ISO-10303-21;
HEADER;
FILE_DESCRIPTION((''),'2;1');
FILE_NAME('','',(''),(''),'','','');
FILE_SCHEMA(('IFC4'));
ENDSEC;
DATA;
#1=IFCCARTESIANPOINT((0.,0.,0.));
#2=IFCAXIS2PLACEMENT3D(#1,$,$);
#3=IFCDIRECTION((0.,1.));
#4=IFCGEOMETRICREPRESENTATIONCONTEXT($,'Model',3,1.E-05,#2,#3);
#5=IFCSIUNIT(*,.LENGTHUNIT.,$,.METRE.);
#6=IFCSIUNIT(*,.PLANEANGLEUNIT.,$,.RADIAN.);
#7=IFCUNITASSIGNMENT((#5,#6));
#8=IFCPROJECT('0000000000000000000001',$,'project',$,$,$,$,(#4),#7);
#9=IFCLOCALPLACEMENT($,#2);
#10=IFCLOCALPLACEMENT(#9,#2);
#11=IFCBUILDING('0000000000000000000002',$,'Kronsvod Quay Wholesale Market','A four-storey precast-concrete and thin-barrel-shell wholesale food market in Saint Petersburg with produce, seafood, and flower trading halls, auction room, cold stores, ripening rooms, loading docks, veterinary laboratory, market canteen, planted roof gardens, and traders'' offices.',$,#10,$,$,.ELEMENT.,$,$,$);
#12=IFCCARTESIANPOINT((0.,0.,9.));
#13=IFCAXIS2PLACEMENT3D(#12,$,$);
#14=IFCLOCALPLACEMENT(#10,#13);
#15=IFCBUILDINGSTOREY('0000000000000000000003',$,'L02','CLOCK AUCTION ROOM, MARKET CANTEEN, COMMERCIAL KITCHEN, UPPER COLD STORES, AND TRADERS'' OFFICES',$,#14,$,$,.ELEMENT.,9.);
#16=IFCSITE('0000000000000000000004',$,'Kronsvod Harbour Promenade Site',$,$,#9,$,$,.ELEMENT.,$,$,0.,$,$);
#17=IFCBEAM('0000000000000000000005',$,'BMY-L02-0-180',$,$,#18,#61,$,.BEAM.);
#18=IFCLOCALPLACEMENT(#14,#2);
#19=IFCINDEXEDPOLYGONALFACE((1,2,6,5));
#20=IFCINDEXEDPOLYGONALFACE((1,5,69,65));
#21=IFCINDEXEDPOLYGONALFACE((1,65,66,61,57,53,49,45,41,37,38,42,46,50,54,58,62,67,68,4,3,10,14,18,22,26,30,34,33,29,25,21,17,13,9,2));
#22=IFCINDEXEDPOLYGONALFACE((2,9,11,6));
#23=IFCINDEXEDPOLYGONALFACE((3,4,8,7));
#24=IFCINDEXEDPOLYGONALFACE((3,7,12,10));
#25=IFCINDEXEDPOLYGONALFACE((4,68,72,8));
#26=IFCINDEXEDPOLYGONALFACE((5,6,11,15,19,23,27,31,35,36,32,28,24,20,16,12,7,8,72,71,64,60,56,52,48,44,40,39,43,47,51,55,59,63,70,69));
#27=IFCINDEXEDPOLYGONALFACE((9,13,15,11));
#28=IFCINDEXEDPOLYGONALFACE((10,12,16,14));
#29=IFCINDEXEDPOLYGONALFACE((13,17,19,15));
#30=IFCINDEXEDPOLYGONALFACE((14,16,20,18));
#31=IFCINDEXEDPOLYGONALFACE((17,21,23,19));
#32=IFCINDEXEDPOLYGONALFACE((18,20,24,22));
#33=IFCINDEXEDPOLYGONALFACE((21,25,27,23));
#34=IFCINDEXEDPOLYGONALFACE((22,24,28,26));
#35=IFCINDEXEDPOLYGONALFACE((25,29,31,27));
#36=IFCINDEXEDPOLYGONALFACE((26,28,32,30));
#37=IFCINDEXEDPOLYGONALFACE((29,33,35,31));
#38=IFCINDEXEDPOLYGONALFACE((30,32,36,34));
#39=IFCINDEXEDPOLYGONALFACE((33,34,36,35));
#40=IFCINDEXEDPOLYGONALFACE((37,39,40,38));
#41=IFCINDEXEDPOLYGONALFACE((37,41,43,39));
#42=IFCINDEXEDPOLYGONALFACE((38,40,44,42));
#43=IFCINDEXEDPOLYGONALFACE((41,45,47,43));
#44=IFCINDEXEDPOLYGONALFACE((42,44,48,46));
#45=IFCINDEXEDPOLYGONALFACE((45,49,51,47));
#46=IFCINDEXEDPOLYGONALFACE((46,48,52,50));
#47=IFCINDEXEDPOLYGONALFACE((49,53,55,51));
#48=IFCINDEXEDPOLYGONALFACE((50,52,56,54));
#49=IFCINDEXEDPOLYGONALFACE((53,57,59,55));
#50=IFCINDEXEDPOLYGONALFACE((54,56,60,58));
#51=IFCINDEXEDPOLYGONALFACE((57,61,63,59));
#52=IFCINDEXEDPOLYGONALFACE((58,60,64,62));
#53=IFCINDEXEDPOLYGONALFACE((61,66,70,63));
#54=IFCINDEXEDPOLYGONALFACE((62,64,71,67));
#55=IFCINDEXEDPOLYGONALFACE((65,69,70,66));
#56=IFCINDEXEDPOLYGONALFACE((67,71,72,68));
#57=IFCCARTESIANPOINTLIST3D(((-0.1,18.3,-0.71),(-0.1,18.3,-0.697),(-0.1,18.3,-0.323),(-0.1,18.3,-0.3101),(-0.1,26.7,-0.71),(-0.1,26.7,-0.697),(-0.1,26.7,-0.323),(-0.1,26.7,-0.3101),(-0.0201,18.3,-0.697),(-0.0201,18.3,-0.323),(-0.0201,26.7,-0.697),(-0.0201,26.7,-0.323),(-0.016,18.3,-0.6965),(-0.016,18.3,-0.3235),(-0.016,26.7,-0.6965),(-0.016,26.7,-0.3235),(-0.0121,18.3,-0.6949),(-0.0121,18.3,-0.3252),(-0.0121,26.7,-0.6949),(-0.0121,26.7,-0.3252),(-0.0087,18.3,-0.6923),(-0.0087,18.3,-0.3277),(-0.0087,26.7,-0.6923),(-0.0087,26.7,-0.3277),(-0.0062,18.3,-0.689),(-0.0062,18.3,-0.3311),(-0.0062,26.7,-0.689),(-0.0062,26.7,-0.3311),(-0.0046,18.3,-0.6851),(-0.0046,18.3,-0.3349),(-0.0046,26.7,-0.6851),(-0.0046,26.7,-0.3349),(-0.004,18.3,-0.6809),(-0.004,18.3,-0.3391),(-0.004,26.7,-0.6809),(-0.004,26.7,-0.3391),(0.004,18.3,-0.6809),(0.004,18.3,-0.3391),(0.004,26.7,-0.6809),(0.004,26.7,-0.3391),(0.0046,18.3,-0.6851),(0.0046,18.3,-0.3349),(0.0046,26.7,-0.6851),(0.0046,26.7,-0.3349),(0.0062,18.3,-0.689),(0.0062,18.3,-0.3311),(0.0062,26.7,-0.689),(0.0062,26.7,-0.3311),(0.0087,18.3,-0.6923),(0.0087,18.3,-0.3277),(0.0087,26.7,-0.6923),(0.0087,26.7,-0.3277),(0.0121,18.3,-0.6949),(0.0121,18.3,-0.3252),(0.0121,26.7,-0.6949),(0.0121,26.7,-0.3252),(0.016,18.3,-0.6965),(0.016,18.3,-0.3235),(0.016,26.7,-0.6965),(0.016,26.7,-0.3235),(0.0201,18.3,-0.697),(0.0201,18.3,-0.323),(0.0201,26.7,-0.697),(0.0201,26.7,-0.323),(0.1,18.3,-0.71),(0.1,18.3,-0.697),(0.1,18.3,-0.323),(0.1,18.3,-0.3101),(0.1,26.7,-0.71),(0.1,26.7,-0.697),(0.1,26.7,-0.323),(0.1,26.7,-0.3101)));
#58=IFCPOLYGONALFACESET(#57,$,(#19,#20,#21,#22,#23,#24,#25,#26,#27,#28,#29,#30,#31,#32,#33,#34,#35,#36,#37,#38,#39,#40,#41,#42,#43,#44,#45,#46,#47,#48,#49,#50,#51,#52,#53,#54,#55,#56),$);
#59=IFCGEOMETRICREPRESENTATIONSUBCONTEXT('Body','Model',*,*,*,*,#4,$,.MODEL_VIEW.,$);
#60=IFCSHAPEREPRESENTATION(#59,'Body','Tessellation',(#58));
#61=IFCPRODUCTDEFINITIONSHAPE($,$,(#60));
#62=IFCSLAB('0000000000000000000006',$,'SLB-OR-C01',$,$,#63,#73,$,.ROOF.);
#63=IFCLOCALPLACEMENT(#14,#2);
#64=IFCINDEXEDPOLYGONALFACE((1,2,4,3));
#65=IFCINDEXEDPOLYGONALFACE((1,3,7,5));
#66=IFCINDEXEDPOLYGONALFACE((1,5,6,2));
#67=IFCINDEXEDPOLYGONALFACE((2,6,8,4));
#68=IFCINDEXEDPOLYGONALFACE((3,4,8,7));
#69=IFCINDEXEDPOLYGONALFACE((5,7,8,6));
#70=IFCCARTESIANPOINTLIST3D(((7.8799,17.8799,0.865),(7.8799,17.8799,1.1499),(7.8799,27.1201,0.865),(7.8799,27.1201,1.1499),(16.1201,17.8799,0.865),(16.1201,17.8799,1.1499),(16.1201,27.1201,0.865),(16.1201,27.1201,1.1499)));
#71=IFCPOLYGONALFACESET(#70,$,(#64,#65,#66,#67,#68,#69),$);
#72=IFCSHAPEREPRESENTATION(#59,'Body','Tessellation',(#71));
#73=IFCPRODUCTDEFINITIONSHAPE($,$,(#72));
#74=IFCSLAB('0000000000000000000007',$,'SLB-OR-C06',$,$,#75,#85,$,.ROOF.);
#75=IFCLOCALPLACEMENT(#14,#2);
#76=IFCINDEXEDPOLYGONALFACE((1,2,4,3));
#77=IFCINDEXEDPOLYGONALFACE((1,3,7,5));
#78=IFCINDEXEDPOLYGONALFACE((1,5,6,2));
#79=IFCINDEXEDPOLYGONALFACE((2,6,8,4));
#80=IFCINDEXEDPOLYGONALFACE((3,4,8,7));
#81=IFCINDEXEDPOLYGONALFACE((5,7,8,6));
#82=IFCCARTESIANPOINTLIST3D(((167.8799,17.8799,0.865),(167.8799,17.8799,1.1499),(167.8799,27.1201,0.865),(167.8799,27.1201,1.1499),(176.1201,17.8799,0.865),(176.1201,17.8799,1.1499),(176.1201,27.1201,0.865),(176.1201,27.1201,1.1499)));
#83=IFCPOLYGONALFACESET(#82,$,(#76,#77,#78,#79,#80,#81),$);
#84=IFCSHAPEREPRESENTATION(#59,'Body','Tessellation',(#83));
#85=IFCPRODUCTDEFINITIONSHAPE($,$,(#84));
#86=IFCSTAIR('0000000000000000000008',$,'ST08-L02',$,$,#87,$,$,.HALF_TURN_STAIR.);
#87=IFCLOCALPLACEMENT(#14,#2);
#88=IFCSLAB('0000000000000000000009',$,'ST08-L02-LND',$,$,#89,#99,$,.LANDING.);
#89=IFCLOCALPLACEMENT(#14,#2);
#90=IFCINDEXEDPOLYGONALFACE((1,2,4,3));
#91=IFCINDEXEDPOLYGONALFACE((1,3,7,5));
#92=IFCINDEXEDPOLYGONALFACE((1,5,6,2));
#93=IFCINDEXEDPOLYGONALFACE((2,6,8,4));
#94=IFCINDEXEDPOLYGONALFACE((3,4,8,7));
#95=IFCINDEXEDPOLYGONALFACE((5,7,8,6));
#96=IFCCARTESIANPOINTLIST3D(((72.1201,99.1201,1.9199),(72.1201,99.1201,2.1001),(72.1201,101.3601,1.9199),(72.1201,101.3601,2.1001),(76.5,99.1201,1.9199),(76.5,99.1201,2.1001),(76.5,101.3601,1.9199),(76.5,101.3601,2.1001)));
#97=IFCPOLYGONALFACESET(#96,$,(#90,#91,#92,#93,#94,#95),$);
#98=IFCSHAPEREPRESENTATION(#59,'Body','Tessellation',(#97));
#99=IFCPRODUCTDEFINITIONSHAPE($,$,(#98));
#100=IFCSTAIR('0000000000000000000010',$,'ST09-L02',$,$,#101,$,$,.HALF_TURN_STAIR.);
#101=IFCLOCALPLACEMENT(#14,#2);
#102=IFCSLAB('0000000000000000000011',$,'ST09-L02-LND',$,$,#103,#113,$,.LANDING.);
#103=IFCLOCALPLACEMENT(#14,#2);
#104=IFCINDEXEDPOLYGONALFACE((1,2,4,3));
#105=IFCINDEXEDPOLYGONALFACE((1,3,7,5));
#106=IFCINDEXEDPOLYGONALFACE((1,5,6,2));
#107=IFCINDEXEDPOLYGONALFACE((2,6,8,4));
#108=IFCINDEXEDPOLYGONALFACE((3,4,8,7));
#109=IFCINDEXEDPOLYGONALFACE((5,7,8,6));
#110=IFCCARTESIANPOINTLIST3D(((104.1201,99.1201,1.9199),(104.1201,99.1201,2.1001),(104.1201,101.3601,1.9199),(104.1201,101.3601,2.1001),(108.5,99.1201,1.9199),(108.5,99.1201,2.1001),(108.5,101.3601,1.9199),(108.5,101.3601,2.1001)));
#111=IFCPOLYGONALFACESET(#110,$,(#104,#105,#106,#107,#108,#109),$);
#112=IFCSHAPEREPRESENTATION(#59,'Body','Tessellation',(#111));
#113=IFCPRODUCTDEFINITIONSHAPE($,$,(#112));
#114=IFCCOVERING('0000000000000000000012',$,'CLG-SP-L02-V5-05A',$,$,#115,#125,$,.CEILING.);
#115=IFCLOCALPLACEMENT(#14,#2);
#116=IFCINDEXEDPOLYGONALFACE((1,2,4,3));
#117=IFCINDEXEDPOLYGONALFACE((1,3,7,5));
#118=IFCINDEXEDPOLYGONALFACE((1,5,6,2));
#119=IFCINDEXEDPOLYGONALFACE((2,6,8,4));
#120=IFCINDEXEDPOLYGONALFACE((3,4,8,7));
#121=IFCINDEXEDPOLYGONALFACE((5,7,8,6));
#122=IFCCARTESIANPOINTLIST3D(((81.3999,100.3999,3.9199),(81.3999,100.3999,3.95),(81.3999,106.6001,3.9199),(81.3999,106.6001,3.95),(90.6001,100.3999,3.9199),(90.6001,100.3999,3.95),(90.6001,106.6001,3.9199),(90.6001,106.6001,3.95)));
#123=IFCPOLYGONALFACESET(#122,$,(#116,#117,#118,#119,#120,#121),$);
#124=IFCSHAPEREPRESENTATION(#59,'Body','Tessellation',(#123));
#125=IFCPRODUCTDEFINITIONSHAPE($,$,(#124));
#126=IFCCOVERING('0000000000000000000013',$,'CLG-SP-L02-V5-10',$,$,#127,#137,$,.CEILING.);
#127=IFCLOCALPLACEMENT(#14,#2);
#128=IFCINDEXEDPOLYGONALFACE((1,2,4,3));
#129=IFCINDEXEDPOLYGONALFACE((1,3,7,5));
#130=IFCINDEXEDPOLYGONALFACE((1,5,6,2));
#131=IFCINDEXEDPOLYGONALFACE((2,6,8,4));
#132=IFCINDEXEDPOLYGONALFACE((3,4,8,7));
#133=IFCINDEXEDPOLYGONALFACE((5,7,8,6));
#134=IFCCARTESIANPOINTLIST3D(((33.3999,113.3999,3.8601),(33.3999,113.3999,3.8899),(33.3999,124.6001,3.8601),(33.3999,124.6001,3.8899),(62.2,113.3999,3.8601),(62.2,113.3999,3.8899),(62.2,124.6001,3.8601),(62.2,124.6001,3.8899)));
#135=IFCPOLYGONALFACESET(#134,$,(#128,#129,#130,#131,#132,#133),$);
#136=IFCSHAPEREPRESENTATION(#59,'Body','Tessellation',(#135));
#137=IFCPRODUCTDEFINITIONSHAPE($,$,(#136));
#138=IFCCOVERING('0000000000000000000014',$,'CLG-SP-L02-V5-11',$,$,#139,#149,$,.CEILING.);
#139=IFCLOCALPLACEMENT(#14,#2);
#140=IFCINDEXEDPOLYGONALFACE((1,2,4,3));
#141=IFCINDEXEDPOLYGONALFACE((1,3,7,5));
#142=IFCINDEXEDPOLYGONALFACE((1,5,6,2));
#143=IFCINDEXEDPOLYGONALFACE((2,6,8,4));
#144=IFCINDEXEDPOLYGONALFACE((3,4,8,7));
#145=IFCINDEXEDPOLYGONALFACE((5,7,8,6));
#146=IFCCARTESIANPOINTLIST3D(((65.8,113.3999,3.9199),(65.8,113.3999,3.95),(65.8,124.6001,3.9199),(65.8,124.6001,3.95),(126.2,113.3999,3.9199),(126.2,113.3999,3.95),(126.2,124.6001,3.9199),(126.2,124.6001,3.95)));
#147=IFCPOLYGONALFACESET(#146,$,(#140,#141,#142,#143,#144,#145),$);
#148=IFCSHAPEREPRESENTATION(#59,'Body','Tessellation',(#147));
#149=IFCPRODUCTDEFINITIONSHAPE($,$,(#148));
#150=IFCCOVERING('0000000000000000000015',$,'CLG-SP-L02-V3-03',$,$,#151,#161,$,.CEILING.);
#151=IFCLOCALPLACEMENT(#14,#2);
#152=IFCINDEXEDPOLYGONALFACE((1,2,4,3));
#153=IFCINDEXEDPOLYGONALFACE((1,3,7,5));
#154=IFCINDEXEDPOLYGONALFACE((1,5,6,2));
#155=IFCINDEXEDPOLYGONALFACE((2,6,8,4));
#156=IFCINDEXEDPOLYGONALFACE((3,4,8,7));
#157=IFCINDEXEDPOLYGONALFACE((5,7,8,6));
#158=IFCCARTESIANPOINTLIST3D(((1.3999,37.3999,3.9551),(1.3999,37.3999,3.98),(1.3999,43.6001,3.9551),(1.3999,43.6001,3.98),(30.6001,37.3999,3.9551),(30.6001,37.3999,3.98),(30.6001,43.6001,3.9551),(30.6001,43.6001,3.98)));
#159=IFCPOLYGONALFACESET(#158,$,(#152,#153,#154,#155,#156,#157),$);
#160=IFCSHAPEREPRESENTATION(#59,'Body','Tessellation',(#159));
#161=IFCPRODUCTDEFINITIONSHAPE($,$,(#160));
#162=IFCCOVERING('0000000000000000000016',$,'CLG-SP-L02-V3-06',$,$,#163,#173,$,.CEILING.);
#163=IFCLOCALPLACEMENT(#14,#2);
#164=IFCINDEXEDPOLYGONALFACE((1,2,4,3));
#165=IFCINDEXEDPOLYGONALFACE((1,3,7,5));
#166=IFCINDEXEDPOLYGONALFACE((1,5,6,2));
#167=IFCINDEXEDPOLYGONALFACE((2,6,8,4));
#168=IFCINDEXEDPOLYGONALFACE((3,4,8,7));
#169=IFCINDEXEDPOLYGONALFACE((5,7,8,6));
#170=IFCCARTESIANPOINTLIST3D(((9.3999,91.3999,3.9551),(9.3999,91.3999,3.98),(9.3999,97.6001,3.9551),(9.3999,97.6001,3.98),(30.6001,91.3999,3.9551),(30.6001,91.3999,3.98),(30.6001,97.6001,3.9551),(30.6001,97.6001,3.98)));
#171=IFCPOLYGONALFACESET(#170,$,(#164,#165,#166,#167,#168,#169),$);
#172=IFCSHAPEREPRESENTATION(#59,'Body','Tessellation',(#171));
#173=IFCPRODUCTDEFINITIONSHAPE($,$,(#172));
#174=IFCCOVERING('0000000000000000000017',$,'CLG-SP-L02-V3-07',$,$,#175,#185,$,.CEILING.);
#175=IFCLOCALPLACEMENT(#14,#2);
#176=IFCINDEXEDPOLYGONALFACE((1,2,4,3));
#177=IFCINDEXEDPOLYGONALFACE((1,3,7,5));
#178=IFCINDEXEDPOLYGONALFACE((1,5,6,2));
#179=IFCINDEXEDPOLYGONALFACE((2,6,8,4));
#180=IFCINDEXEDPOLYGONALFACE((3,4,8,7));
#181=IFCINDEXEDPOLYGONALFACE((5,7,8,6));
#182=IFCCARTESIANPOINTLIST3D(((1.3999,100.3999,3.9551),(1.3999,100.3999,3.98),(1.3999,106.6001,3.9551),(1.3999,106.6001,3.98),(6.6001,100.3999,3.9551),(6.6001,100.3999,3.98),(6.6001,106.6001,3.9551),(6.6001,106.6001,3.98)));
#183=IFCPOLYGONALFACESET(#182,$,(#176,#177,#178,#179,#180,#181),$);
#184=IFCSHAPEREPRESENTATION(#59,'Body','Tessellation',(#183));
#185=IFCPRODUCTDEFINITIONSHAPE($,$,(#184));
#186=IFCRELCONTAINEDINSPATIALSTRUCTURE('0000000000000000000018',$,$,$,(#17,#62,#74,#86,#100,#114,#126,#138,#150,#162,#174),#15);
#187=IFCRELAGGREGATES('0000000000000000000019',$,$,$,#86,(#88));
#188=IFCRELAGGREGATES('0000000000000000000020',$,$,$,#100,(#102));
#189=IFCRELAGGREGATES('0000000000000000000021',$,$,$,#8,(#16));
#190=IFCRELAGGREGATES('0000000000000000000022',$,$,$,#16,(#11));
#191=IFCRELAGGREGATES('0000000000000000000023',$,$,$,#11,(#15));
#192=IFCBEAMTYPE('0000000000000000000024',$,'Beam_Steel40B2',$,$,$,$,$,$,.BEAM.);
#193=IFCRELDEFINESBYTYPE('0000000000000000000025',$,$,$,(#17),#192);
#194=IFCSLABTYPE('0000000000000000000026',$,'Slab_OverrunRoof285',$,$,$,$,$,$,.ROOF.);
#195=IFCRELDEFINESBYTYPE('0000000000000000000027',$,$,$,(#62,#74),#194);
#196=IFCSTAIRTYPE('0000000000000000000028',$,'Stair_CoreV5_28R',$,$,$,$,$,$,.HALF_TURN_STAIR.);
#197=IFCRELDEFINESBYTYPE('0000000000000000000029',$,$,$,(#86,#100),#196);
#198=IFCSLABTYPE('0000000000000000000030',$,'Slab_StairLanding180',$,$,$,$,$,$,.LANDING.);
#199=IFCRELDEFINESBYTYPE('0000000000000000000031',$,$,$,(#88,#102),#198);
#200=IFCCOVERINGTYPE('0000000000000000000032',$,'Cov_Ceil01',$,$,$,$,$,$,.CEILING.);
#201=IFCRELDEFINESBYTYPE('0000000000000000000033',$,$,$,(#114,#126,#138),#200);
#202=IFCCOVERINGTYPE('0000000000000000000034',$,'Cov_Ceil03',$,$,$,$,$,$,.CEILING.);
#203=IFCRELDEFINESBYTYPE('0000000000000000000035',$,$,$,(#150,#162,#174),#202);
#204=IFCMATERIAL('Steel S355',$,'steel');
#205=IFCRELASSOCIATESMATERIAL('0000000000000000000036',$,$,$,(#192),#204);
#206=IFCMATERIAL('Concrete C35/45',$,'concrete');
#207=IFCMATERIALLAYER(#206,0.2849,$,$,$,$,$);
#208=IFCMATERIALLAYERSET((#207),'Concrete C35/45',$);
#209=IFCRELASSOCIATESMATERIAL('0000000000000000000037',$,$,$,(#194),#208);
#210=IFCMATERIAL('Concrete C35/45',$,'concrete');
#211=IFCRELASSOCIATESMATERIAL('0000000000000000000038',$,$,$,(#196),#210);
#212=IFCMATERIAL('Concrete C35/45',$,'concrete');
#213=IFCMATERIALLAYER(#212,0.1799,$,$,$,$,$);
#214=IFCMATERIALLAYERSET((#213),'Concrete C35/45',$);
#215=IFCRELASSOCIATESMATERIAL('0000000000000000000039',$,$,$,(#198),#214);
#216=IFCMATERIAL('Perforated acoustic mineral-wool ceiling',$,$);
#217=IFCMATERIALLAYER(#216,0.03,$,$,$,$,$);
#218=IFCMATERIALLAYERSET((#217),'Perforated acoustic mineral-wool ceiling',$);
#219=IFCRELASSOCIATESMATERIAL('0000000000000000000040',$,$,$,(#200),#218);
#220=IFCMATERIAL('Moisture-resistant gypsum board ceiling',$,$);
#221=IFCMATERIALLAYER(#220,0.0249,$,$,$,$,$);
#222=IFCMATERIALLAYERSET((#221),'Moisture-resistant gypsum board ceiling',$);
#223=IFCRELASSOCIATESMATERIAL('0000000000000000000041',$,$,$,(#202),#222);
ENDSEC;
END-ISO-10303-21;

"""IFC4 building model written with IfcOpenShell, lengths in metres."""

from ifc_helpers import new_model, si_unit, direction, frame, origin, origin_2d, place, context, subcontext, project, spatial, polyline, i_section, outline, extrude, material, layer, layer_set, material_profile, profile_set, type_object, element, aggregate, save


model = new_model("IFC4")

# Units and contexts
model_context = context("Model", 3, precision=1e-05, world=origin(), true_north=direction((0.0, 1.0)))
body_context = subcontext(model_context, "Body", "Model", "MODEL_VIEW")
ifc_project = project(units=[si_unit("LENGTHUNIT", "METRE"), si_unit("PLANEANGLEUNIT", "RADIAN")], contexts=[model_context])

# Site, building, storey
site_placement = place(None, origin())
site = spatial("IfcSite", under=ifc_project, at=site_placement, Name="Kronsvod Harbour Promenade Site", CompositionType="ELEMENT", RefElevation=0.0)
building_placement = place(site_placement, origin())
building = spatial("IfcBuilding", under=site, at=building_placement, Name="Kronsvod Quay Wholesale Market", Description="A four-storey precast-concrete and thin-barrel-shell wholesale food market in Saint Petersburg with produce, seafood, and flower trading halls, auction room, cold stores, ripening rooms, loading docks, veterinary laboratory, market canteen, planted roof gardens, and traders' offices.", CompositionType="ELEMENT")
storey_placement = place(building_placement, frame((0.0, 0.0, 9.0)))
storey = spatial("IfcBuildingStorey", under=building, at=storey_placement, Name="L02", Description="CLOCK AUCTION ROOM, MARKET CANTEEN, COMMERCIAL KITCHEN, UPPER COLD STORES, AND TRADERS' OFFICES", CompositionType="ELEMENT", Elevation=9.0)

# Beam
ifc_material_1 = material(Name="Steel S355", Category="steel")
ifc_material_profile = material_profile(ifc_material_1, i_section(OverallWidth=0.2, OverallDepth=0.3999, WebThickness=0.0081, FlangeThickness=0.0129, FilletRadius=0.0161, at=origin_2d()), Name="40B2")
ifc_profile_set = profile_set([ifc_material_profile], Name="Steel S355")
beam_type = type_object("IfcBeamType", Name="Beam_Steel40B2", PredefinedType="BEAM", material=ifc_profile_set)
beam_placement = place(storey_placement, frame((0.0, 18.3, -0.51), z_axis=(0.0, 1.0, 0.0), x_axis=(-1.0, 0.0, 0.0)))
element("IfcBeam", 1, at=beam_placement, inside=storey, type_object=beam_type, Name="BMY-L02-0-180", PredefinedType="BEAM", context=body_context, shape_type="SweptSolid", body=[
    extrude(i_section(OverallWidth=0.2, OverallDepth=0.3999, WebThickness=0.0081, FlangeThickness=0.0129, FilletRadius=0.0161, at=origin_2d()), origin(), (0.0, 0.0, 1.0), 8.3999),
])

# Slabs
ifc_material_2 = material(Name="Concrete C35/45", Category="concrete")
ifc_layer_1 = layer(ifc_material_2, 0.2849)
ifc_layer_set_1 = layer_set([ifc_layer_1], Name="Concrete C35/45")
slab_type_1 = type_object("IfcSlabType", Name="Slab_OverrunRoof285", PredefinedType="ROOF", material=ifc_layer_set_1)
slab_1_placement = place(storey_placement, frame((0.0, 0.0, 0.865)))
element("IfcSlab", 2, at=slab_1_placement, inside=storey, type_object=slab_type_1, Name="SLB-OR-C01", PredefinedType="ROOF", context=body_context, shape_type="SweptSolid", body=[
    extrude(outline(polyline([(7.8799, 17.8799), (16.1201, 17.8799), (16.1201, 27.1201), (7.8799, 27.1201), (7.8799, 17.8799)])), origin(), (0.0, 0.0, 1.0), 0.2849),
])
slab_2_placement = place(storey_placement, frame((0.0, 0.0, 0.865)))
element("IfcSlab", 3, at=slab_2_placement, inside=storey, type_object=slab_type_1, Name="SLB-OR-C06", PredefinedType="ROOF", context=body_context, shape_type="SweptSolid", body=[
    extrude(outline(polyline([(167.8799, 17.8799), (176.1201, 17.8799), (176.1201, 27.1201), (167.8799, 27.1201), (167.8799, 17.8799)])), origin(), (0.0, 0.0, 1.0), 0.2849),
])

# Stairs, slabs
ifc_material_3 = material(Name="Concrete C35/45", Category="concrete")
stair_type = type_object("IfcStairType", Name="Stair_CoreV5_28R", PredefinedType="HALF_TURN_STAIR", material=ifc_material_3)
stair_1_placement = place(storey_placement, origin())
stair_1 = element("IfcStair", 4, at=stair_1_placement, inside=storey, type_object=stair_type, Name="ST08-L02", PredefinedType="HALF_TURN_STAIR")
ifc_material_4 = material(Name="Concrete C35/45", Category="concrete")
ifc_layer_2 = layer(ifc_material_4, 0.1799)
ifc_layer_set_2 = layer_set([ifc_layer_2], Name="Concrete C35/45")
slab_type_2 = type_object("IfcSlabType", Name="Slab_StairLanding180", PredefinedType="LANDING", material=ifc_layer_set_2)
slab_3_placement = place(storey_placement, frame((0.0, 0.0, 1.9199)))
slab_3 = element("IfcSlab", 5, at=slab_3_placement, type_object=slab_type_2, Name="ST08-L02-LND", PredefinedType="LANDING", context=body_context, shape_type="SweptSolid", body=[
    extrude(outline(polyline([(72.1201, 99.1201), (76.5, 99.1201), (76.5, 101.3601), (72.1201, 101.3601), (72.1201, 99.1201)])), origin(), (0.0, 0.0, 1.0), 0.1802),
])
aggregate(stair_1, [slab_3])
stair_2_placement = place(storey_placement, origin())
stair_2 = element("IfcStair", 6, at=stair_2_placement, inside=storey, type_object=stair_type, Name="ST09-L02", PredefinedType="HALF_TURN_STAIR")
slab_4_placement = place(storey_placement, frame((0.0, 0.0, 1.9199)))
slab_4 = element("IfcSlab", 7, at=slab_4_placement, type_object=slab_type_2, Name="ST09-L02-LND", PredefinedType="LANDING", context=body_context, shape_type="SweptSolid", body=[
    extrude(outline(polyline([(104.1201, 99.1201), (108.5, 99.1201), (108.5, 101.3601), (104.1201, 101.3601), (104.1201, 99.1201)])), origin(), (0.0, 0.0, 1.0), 0.1802),
])
aggregate(stair_2, [slab_4])

# Coverings
ifc_material_5 = material(Name="Perforated acoustic mineral-wool ceiling")
ifc_layer_3 = layer(ifc_material_5, 0.03)
ifc_layer_set_3 = layer_set([ifc_layer_3], Name="Perforated acoustic mineral-wool ceiling")
covering_type_1 = type_object("IfcCoveringType", Name="Cov_Ceil01", PredefinedType="CEILING", material=ifc_layer_set_3)
covering_1_placement = place(storey_placement, frame((0.0, 0.0, 3.9199)))
element("IfcCovering", 8, at=covering_1_placement, inside=storey, type_object=covering_type_1, Name="CLG-SP-L02-V5-05A", PredefinedType="CEILING", context=body_context, shape_type="SweptSolid", body=[
    extrude(outline(polyline([(81.3999, 100.3999), (90.6001, 100.3999), (90.6001, 106.6001), (81.3999, 106.6001), (81.3999, 100.3999)])), origin(), (0.0, 0.0, 1.0), 0.03),
])
covering_2_placement = place(storey_placement, frame((0.0, 0.0, 3.8601)))
element("IfcCovering", 9, at=covering_2_placement, inside=storey, type_object=covering_type_1, Name="CLG-SP-L02-V5-10", PredefinedType="CEILING", context=body_context, shape_type="SweptSolid", body=[
    extrude(outline(polyline([(33.3999, 113.3999), (62.2, 113.3999), (62.2, 124.6001), (33.3999, 124.6001), (33.3999, 113.3999)])), origin(), (0.0, 0.0, 1.0), 0.0298),
])
covering_3_placement = place(storey_placement, frame((0.0, 0.0, 3.9199)))
element("IfcCovering", 10, at=covering_3_placement, inside=storey, type_object=covering_type_1, Name="CLG-SP-L02-V5-11", PredefinedType="CEILING", context=body_context, shape_type="SweptSolid", body=[
    extrude(outline(polyline([(65.8, 113.3999), (126.2, 113.3999), (126.2, 124.6001), (65.8, 124.6001), (65.8, 113.3999)])), origin(), (0.0, 0.0, 1.0), 0.03),
])
ifc_material_6 = material(Name="Moisture-resistant gypsum board ceiling")
ifc_layer_4 = layer(ifc_material_6, 0.0249)
ifc_layer_set_4 = layer_set([ifc_layer_4], Name="Moisture-resistant gypsum board ceiling")
covering_type_2 = type_object("IfcCoveringType", Name="Cov_Ceil03", PredefinedType="CEILING", material=ifc_layer_set_4)
covering_4_placement = place(storey_placement, frame((0.0, 0.0, 3.9551)))
element("IfcCovering", 11, at=covering_4_placement, inside=storey, type_object=covering_type_2, Name="CLG-SP-L02-V3-03", PredefinedType="CEILING", context=body_context, shape_type="SweptSolid", body=[
    extrude(outline(polyline([(1.3999, 37.3999), (30.6001, 37.3999), (30.6001, 43.6001), (1.3999, 43.6001), (1.3999, 37.3999)])), origin(), (0.0, 0.0, 1.0), 0.0249),
])
covering_5_placement = place(storey_placement, frame((0.0, 0.0, 3.9551)))
element("IfcCovering", 12, at=covering_5_placement, inside=storey, type_object=covering_type_2, Name="CLG-SP-L02-V3-06", PredefinedType="CEILING", context=body_context, shape_type="SweptSolid", body=[
    extrude(outline(polyline([(9.3999, 91.3999), (30.6001, 91.3999), (30.6001, 97.6001), (9.3999, 97.6001), (9.3999, 91.3999)])), origin(), (0.0, 0.0, 1.0), 0.0249),
])
covering_6_placement = place(storey_placement, frame((0.0, 0.0, 3.9551)))
element("IfcCovering", 13, at=covering_6_placement, inside=storey, type_object=covering_type_2, Name="CLG-SP-L02-V3-07", PredefinedType="CEILING", context=body_context, shape_type="SweptSolid", body=[
    extrude(outline(polyline([(1.3999, 100.3999), (6.6001, 100.3999), (6.6001, 106.6001), (1.3999, 106.6001), (1.3999, 100.3999)])), origin(), (0.0, 0.0, 1.0), 0.0249),
])

save(model, "model.ifc")
